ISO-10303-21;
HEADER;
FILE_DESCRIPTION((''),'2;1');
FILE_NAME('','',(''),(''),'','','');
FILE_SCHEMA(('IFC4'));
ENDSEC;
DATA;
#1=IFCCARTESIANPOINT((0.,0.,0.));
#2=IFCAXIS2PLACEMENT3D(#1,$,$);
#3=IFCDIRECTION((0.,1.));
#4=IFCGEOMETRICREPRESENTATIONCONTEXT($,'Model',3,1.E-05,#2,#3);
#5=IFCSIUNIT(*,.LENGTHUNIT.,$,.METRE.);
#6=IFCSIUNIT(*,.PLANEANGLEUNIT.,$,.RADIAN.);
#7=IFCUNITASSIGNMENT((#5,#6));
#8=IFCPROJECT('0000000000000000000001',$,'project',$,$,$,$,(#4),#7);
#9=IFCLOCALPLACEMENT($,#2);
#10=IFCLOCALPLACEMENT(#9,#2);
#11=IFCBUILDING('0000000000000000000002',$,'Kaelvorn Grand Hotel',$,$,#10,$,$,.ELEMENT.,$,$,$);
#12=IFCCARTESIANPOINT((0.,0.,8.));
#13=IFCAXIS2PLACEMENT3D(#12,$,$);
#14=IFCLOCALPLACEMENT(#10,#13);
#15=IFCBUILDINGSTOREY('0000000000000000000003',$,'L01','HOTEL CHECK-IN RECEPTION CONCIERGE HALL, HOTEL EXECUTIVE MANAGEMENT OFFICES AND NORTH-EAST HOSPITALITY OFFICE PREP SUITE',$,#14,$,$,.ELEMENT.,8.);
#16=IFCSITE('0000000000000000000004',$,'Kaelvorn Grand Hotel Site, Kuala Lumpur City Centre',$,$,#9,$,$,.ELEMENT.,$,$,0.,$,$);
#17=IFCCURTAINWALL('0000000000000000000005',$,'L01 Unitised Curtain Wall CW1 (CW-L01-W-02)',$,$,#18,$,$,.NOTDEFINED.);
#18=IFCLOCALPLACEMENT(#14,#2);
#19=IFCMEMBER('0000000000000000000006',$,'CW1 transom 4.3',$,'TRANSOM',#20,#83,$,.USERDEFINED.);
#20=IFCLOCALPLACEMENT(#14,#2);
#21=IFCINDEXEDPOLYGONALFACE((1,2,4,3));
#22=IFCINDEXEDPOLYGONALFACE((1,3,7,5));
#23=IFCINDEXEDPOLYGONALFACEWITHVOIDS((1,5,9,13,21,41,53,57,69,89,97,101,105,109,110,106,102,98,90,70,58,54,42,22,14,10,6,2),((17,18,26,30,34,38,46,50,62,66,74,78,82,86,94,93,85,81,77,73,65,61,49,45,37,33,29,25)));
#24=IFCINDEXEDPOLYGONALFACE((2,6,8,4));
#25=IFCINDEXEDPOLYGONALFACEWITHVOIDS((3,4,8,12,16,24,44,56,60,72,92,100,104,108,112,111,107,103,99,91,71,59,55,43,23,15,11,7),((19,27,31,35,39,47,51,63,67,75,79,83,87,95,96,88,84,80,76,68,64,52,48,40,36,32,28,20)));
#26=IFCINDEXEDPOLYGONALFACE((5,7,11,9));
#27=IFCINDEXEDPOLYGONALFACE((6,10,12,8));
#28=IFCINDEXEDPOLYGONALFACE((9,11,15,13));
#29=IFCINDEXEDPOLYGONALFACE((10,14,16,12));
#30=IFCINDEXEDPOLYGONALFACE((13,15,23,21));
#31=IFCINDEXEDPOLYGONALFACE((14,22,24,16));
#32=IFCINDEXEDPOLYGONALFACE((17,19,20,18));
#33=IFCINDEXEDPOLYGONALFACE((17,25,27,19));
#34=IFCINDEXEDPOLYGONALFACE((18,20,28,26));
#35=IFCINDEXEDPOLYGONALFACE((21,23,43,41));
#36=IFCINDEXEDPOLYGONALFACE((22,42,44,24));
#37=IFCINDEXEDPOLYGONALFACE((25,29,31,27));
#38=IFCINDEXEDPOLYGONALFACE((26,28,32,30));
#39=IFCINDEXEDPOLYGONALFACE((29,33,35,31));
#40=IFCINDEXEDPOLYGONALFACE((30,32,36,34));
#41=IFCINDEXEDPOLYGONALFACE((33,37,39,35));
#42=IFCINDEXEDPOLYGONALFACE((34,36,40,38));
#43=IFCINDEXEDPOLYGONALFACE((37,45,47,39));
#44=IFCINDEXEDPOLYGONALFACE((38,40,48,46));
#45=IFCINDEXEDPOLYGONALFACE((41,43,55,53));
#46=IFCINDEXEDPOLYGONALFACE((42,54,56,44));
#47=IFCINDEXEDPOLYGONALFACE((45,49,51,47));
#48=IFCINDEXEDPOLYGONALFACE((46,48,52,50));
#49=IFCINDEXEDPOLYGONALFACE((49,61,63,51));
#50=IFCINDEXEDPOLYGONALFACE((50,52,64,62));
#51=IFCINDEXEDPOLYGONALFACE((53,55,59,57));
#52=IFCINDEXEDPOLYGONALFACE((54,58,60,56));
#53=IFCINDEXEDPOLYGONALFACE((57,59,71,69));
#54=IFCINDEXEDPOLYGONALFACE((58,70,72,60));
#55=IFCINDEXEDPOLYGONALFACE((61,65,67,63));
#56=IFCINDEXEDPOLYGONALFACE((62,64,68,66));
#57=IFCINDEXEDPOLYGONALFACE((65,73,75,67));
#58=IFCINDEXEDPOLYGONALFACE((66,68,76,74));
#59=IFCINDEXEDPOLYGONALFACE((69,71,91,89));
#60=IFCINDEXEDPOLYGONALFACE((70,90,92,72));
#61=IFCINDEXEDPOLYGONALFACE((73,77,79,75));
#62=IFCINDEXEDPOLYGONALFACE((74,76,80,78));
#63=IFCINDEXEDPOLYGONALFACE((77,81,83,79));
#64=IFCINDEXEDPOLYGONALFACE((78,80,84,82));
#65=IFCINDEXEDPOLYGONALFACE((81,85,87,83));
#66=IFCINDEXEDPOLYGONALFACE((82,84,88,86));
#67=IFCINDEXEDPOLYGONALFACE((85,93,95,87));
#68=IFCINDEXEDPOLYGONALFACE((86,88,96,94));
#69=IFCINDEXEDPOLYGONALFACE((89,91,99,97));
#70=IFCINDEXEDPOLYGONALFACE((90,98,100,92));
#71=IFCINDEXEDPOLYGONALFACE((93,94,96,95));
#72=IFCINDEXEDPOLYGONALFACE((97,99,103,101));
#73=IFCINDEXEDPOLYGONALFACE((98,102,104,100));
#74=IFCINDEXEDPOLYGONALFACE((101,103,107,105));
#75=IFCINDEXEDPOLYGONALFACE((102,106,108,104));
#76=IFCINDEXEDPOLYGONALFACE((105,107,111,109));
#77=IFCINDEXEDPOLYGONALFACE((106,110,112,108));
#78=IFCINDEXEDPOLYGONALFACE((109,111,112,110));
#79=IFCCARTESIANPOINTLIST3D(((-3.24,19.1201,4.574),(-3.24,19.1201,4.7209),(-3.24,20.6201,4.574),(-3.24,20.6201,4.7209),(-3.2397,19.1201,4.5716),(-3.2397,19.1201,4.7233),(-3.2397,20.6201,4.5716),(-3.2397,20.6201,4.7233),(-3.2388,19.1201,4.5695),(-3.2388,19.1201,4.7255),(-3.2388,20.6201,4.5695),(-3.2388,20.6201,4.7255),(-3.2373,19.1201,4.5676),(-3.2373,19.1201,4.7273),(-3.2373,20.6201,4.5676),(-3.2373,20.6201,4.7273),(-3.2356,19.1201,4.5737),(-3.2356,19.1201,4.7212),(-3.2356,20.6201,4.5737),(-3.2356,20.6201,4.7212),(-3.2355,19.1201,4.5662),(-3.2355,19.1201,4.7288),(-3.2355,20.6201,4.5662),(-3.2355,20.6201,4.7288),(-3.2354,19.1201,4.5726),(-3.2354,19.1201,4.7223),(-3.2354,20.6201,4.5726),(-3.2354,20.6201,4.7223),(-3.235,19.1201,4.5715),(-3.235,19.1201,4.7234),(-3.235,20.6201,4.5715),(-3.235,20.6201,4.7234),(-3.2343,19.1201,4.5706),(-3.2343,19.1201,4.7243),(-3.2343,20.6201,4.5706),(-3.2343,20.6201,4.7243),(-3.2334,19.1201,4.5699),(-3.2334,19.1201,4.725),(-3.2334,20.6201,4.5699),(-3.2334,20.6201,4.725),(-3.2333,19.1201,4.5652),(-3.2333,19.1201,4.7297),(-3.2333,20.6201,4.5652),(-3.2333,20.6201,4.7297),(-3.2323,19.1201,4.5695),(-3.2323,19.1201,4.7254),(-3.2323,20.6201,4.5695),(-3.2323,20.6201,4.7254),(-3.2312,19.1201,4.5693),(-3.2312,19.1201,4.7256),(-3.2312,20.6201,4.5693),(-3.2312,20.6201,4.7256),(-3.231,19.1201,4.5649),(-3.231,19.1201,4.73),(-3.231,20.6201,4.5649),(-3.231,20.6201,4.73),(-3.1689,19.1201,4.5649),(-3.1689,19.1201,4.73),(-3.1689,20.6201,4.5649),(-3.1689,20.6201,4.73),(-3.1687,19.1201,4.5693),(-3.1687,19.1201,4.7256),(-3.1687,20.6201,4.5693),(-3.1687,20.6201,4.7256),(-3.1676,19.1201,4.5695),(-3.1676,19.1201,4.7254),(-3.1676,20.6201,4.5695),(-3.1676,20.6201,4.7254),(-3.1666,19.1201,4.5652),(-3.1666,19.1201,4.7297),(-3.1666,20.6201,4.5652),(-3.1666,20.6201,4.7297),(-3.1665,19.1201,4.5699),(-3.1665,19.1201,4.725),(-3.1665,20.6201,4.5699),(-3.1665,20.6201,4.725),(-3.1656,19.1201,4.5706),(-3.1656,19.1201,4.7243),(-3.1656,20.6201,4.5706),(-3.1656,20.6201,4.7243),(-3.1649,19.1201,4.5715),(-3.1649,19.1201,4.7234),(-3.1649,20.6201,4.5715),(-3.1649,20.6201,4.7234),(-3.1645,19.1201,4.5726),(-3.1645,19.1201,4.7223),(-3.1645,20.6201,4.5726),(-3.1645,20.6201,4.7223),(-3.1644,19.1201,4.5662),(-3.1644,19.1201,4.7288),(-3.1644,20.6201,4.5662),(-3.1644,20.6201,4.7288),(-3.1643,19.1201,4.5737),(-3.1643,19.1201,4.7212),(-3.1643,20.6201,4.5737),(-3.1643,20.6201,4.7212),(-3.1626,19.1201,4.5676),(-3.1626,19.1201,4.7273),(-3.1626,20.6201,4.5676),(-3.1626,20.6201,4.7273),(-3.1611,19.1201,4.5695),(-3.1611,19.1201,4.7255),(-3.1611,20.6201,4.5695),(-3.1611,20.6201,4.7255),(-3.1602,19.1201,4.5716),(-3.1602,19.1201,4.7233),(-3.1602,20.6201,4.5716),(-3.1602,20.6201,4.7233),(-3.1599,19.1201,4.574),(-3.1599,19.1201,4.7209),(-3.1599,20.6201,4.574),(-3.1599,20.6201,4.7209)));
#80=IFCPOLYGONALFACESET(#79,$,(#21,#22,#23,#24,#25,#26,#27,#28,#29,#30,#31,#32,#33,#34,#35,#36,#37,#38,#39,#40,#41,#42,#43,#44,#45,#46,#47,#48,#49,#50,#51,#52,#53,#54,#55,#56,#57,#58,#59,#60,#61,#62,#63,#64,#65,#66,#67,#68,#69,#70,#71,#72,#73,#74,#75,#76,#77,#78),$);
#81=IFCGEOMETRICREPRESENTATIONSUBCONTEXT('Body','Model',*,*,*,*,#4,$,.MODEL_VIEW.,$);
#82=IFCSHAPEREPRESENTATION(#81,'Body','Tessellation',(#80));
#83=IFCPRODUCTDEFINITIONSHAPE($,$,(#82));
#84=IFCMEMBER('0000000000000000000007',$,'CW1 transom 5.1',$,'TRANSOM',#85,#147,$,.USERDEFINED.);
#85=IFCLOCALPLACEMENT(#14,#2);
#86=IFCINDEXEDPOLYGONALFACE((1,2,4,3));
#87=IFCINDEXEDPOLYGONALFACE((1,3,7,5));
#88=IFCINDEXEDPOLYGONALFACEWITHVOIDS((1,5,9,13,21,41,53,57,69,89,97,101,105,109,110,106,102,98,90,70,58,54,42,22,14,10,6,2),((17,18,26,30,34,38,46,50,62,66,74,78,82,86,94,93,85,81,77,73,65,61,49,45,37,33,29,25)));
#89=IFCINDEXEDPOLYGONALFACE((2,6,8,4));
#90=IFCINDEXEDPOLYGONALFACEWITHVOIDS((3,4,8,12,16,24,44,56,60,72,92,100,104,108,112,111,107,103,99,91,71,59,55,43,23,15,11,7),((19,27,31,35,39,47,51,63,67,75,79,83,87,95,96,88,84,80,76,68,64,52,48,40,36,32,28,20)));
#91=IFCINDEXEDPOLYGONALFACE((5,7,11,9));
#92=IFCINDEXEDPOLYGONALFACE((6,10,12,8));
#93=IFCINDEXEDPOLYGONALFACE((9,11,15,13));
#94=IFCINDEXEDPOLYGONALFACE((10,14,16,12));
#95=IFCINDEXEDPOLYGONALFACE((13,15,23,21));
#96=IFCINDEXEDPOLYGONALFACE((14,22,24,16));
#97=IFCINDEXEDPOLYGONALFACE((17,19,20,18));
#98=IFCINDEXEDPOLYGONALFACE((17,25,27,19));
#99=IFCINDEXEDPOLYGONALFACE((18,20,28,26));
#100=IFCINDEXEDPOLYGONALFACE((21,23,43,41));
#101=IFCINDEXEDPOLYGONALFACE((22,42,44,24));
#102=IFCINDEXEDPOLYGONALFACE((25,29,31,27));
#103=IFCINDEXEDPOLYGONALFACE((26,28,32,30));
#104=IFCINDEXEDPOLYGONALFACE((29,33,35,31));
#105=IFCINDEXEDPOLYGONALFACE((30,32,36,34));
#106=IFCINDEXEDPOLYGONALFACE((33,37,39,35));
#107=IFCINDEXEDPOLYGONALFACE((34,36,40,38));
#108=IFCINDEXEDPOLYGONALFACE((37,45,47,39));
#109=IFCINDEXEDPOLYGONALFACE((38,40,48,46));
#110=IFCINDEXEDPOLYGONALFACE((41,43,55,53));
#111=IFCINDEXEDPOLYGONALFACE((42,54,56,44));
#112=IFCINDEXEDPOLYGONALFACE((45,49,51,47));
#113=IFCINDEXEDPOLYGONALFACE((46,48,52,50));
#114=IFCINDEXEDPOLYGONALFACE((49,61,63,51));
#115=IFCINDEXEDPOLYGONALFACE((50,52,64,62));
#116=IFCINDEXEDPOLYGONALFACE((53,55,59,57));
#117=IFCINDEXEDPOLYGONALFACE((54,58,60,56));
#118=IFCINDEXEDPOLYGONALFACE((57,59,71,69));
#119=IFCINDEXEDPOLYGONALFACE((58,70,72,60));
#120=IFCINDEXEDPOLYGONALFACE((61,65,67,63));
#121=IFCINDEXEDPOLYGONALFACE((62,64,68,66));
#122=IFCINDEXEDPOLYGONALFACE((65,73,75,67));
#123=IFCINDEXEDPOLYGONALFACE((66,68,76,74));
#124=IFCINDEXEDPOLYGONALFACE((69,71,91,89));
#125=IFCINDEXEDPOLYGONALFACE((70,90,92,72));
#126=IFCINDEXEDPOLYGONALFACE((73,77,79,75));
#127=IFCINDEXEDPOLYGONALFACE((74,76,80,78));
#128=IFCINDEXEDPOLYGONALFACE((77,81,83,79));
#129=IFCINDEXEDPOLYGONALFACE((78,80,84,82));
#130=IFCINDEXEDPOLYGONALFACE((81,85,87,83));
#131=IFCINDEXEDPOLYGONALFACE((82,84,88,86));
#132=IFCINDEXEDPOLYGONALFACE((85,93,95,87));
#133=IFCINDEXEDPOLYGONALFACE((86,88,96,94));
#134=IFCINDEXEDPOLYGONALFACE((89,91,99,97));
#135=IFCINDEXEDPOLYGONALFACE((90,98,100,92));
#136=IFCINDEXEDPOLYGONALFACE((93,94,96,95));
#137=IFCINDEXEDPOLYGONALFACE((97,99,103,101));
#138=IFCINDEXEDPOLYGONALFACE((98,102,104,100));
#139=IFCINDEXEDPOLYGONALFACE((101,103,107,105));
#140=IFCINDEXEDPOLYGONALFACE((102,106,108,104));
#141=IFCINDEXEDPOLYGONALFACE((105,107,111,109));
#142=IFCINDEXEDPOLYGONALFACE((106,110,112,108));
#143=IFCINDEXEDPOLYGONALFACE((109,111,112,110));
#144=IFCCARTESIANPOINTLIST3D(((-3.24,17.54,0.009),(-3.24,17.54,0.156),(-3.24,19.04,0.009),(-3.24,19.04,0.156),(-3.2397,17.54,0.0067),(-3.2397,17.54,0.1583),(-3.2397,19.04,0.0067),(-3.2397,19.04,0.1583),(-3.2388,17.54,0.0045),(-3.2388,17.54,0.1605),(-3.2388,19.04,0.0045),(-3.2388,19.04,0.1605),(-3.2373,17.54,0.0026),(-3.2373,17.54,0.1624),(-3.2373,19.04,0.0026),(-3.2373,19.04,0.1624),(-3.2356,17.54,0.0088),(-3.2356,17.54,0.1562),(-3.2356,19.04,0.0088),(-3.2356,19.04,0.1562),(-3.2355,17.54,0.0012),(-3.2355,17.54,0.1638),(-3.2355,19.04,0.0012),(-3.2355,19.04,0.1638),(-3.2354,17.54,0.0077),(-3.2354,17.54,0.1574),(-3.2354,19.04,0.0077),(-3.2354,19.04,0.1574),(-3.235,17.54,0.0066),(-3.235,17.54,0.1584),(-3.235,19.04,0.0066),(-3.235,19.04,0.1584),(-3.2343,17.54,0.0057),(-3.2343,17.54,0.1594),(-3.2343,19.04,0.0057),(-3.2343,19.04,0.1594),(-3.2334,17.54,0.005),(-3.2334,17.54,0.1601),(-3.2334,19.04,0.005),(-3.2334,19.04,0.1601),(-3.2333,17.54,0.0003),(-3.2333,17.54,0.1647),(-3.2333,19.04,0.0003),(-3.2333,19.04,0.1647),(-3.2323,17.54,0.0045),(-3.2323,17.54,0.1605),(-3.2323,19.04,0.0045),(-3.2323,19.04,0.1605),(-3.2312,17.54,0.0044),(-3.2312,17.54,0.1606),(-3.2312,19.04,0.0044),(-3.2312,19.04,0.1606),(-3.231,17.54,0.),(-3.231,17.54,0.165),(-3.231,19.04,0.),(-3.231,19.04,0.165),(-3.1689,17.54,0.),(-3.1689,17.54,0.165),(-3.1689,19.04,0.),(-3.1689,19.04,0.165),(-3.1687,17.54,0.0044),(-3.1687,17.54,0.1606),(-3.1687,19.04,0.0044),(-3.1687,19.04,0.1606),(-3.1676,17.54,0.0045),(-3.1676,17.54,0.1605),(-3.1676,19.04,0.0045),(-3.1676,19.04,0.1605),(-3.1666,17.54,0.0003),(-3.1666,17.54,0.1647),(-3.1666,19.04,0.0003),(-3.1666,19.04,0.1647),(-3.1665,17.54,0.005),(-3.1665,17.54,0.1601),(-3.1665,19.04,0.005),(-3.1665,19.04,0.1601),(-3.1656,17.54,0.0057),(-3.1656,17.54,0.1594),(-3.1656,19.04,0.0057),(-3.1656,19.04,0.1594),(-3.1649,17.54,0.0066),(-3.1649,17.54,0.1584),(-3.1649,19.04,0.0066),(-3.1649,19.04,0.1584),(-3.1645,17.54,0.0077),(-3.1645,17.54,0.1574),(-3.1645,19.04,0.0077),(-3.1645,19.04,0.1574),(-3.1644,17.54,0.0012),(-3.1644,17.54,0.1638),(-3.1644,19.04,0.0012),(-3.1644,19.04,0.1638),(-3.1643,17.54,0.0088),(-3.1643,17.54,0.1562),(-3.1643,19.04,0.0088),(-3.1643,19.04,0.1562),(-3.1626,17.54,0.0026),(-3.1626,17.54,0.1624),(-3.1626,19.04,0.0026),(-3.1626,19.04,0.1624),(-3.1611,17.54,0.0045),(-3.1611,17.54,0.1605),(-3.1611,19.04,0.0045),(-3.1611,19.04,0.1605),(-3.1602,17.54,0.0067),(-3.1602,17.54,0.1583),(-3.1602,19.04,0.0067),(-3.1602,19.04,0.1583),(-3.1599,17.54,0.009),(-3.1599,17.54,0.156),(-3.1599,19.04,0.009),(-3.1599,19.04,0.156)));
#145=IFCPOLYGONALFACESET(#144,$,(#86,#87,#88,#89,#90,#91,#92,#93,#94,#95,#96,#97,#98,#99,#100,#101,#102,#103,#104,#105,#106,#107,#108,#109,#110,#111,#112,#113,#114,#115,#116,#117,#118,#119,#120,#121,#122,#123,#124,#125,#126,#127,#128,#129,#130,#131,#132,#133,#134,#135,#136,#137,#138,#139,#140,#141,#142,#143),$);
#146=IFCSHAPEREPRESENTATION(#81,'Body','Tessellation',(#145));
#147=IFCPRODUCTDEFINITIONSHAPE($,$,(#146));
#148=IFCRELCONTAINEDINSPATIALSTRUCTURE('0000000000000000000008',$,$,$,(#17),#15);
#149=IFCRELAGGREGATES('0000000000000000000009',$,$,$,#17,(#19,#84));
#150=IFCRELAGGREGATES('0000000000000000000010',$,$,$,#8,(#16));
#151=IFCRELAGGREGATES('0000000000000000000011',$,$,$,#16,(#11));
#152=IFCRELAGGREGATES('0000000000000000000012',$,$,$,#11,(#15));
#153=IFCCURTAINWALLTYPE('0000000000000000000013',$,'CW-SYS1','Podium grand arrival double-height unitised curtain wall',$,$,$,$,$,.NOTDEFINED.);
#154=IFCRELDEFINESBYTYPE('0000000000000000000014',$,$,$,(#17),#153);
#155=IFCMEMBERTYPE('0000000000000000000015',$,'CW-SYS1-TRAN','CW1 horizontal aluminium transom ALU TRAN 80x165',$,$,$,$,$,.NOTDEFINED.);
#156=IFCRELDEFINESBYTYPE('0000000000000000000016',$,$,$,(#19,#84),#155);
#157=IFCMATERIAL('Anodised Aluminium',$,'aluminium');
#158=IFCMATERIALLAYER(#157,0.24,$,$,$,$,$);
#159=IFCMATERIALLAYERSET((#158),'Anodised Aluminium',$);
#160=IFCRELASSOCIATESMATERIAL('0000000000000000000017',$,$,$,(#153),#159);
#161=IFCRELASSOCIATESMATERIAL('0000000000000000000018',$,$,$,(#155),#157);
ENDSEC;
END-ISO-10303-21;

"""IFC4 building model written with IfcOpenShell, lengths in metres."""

from ifc_helpers import new_model, si_unit, direction, frame, origin, origin_2d, place, context, subcontext, project, spatial, hollow_rectangle, extrude, material, layer, layer_set, material_profile, profile_set, type_object, element, aggregate, save


model = new_model("IFC4")

# Units and contexts
model_context = context("Model", 3, precision=1e-05, world=origin(), true_north=direction((0.0, 1.0)))
body_context = subcontext(model_context, "Body", "Model", "MODEL_VIEW")
ifc_project = project(units=[si_unit("LENGTHUNIT", "METRE"), si_unit("PLANEANGLEUNIT", "RADIAN")], contexts=[model_context])

# Site, building, storey
site_placement = place(None, origin())
site = spatial("IfcSite", under=ifc_project, at=site_placement, Name="Kaelvorn Grand Hotel Site, Kuala Lumpur City Centre", CompositionType="ELEMENT", RefElevation=0.0)
building_placement = place(site_placement, origin())
building = spatial("IfcBuilding", under=site, at=building_placement, Name="Kaelvorn Grand Hotel", CompositionType="ELEMENT")
storey_placement = place(building_placement, frame((0.0, 0.0, 8.0)))
storey = spatial("IfcBuildingStorey", under=building, at=storey_placement, Name="L01", Description="HOTEL CHECK-IN RECEPTION CONCIERGE HALL, HOTEL EXECUTIVE MANAGEMENT OFFICES AND NORTH-EAST HOSPITALITY OFFICE PREP SUITE", CompositionType="ELEMENT", Elevation=8.0)

# Curtain wall
ifc_material_1 = material(Name="Anodised Aluminium", Category="aluminium")
ifc_layer_1 = layer(ifc_material_1, 0.24)
ifc_layer_set_1 = layer_set([ifc_layer_1], Name="Anodised Aluminium")
curtain_wall_type = type_object("IfcCurtainWallType", Name="CW-SYS1", Description="Podium grand arrival double-height unitised curtain wall", PredefinedType="NOTDEFINED", material=ifc_layer_set_1)
curtain_wall_1_placement = place(storey_placement, origin())
curtain_wall_1 = element("IfcCurtainWall", 1, at=curtain_wall_1_placement, inside=storey, type_object=curtain_wall_type, Name="L01 Unitised Curtain Wall CW1 (CW-L01-W-02)", PredefinedType="NOTDEFINED")

# Members
ifc_material_profile_1 = material_profile(ifc_material_1, hollow_rectangle(XDim=0.0801, YDim=0.165, WallThickness=0.0044, InnerFilletRadius=0.0044, OuterFilletRadius=0.009, at=origin_2d()), Name="ALU TRAN 80x165")
ifc_profile_set_1 = profile_set([ifc_material_profile_1], Name="Anodised Aluminium")
member_type_1 = type_object("IfcMemberType", Name="CW-SYS1-TRAN", Description="CW1 horizontal aluminium transom ALU TRAN 80x165", PredefinedType="NOTDEFINED", material=ifc_profile_set_1)
member_1_placement = place(storey_placement, frame((-3.2, 20.6201, 4.6475), z_axis=(0.0, -1.0, 0.0), x_axis=(1.0, 0.0, 0.0)))
member_1 = element("IfcMember", 2, at=member_1_placement, type_object=member_type_1, Name="CW1 transom 4.3", ObjectType="TRANSOM", PredefinedType="USERDEFINED", context=body_context, shape_type="SweptSolid", body=[
    extrude(hollow_rectangle(XDim=0.0801, YDim=0.165, WallThickness=0.0044, InnerFilletRadius=0.0044, OuterFilletRadius=0.009, at=origin_2d()), origin(), (0.0, 0.0, 1.0), 1.5),
])
member_2_placement = place(storey_placement, frame((-3.2, 19.04, 0.0825), z_axis=(0.0, -1.0, 0.0), x_axis=(1.0, 0.0, 0.0)))
member_2 = element("IfcMember", 3, at=member_2_placement, type_object=member_type_1, Name="CW1 transom 5.1", ObjectType="TRANSOM", PredefinedType="USERDEFINED", context=body_context, shape_type="SweptSolid", body=[
    extrude(hollow_rectangle(XDim=0.0801, YDim=0.165, WallThickness=0.0044, InnerFilletRadius=0.0044, OuterFilletRadius=0.009, at=origin_2d()), origin(), (0.0, 0.0, 1.0), 1.5),
])

aggregate(curtain_wall_1, [member_1, member_2])

save(model, "model.ifc")
